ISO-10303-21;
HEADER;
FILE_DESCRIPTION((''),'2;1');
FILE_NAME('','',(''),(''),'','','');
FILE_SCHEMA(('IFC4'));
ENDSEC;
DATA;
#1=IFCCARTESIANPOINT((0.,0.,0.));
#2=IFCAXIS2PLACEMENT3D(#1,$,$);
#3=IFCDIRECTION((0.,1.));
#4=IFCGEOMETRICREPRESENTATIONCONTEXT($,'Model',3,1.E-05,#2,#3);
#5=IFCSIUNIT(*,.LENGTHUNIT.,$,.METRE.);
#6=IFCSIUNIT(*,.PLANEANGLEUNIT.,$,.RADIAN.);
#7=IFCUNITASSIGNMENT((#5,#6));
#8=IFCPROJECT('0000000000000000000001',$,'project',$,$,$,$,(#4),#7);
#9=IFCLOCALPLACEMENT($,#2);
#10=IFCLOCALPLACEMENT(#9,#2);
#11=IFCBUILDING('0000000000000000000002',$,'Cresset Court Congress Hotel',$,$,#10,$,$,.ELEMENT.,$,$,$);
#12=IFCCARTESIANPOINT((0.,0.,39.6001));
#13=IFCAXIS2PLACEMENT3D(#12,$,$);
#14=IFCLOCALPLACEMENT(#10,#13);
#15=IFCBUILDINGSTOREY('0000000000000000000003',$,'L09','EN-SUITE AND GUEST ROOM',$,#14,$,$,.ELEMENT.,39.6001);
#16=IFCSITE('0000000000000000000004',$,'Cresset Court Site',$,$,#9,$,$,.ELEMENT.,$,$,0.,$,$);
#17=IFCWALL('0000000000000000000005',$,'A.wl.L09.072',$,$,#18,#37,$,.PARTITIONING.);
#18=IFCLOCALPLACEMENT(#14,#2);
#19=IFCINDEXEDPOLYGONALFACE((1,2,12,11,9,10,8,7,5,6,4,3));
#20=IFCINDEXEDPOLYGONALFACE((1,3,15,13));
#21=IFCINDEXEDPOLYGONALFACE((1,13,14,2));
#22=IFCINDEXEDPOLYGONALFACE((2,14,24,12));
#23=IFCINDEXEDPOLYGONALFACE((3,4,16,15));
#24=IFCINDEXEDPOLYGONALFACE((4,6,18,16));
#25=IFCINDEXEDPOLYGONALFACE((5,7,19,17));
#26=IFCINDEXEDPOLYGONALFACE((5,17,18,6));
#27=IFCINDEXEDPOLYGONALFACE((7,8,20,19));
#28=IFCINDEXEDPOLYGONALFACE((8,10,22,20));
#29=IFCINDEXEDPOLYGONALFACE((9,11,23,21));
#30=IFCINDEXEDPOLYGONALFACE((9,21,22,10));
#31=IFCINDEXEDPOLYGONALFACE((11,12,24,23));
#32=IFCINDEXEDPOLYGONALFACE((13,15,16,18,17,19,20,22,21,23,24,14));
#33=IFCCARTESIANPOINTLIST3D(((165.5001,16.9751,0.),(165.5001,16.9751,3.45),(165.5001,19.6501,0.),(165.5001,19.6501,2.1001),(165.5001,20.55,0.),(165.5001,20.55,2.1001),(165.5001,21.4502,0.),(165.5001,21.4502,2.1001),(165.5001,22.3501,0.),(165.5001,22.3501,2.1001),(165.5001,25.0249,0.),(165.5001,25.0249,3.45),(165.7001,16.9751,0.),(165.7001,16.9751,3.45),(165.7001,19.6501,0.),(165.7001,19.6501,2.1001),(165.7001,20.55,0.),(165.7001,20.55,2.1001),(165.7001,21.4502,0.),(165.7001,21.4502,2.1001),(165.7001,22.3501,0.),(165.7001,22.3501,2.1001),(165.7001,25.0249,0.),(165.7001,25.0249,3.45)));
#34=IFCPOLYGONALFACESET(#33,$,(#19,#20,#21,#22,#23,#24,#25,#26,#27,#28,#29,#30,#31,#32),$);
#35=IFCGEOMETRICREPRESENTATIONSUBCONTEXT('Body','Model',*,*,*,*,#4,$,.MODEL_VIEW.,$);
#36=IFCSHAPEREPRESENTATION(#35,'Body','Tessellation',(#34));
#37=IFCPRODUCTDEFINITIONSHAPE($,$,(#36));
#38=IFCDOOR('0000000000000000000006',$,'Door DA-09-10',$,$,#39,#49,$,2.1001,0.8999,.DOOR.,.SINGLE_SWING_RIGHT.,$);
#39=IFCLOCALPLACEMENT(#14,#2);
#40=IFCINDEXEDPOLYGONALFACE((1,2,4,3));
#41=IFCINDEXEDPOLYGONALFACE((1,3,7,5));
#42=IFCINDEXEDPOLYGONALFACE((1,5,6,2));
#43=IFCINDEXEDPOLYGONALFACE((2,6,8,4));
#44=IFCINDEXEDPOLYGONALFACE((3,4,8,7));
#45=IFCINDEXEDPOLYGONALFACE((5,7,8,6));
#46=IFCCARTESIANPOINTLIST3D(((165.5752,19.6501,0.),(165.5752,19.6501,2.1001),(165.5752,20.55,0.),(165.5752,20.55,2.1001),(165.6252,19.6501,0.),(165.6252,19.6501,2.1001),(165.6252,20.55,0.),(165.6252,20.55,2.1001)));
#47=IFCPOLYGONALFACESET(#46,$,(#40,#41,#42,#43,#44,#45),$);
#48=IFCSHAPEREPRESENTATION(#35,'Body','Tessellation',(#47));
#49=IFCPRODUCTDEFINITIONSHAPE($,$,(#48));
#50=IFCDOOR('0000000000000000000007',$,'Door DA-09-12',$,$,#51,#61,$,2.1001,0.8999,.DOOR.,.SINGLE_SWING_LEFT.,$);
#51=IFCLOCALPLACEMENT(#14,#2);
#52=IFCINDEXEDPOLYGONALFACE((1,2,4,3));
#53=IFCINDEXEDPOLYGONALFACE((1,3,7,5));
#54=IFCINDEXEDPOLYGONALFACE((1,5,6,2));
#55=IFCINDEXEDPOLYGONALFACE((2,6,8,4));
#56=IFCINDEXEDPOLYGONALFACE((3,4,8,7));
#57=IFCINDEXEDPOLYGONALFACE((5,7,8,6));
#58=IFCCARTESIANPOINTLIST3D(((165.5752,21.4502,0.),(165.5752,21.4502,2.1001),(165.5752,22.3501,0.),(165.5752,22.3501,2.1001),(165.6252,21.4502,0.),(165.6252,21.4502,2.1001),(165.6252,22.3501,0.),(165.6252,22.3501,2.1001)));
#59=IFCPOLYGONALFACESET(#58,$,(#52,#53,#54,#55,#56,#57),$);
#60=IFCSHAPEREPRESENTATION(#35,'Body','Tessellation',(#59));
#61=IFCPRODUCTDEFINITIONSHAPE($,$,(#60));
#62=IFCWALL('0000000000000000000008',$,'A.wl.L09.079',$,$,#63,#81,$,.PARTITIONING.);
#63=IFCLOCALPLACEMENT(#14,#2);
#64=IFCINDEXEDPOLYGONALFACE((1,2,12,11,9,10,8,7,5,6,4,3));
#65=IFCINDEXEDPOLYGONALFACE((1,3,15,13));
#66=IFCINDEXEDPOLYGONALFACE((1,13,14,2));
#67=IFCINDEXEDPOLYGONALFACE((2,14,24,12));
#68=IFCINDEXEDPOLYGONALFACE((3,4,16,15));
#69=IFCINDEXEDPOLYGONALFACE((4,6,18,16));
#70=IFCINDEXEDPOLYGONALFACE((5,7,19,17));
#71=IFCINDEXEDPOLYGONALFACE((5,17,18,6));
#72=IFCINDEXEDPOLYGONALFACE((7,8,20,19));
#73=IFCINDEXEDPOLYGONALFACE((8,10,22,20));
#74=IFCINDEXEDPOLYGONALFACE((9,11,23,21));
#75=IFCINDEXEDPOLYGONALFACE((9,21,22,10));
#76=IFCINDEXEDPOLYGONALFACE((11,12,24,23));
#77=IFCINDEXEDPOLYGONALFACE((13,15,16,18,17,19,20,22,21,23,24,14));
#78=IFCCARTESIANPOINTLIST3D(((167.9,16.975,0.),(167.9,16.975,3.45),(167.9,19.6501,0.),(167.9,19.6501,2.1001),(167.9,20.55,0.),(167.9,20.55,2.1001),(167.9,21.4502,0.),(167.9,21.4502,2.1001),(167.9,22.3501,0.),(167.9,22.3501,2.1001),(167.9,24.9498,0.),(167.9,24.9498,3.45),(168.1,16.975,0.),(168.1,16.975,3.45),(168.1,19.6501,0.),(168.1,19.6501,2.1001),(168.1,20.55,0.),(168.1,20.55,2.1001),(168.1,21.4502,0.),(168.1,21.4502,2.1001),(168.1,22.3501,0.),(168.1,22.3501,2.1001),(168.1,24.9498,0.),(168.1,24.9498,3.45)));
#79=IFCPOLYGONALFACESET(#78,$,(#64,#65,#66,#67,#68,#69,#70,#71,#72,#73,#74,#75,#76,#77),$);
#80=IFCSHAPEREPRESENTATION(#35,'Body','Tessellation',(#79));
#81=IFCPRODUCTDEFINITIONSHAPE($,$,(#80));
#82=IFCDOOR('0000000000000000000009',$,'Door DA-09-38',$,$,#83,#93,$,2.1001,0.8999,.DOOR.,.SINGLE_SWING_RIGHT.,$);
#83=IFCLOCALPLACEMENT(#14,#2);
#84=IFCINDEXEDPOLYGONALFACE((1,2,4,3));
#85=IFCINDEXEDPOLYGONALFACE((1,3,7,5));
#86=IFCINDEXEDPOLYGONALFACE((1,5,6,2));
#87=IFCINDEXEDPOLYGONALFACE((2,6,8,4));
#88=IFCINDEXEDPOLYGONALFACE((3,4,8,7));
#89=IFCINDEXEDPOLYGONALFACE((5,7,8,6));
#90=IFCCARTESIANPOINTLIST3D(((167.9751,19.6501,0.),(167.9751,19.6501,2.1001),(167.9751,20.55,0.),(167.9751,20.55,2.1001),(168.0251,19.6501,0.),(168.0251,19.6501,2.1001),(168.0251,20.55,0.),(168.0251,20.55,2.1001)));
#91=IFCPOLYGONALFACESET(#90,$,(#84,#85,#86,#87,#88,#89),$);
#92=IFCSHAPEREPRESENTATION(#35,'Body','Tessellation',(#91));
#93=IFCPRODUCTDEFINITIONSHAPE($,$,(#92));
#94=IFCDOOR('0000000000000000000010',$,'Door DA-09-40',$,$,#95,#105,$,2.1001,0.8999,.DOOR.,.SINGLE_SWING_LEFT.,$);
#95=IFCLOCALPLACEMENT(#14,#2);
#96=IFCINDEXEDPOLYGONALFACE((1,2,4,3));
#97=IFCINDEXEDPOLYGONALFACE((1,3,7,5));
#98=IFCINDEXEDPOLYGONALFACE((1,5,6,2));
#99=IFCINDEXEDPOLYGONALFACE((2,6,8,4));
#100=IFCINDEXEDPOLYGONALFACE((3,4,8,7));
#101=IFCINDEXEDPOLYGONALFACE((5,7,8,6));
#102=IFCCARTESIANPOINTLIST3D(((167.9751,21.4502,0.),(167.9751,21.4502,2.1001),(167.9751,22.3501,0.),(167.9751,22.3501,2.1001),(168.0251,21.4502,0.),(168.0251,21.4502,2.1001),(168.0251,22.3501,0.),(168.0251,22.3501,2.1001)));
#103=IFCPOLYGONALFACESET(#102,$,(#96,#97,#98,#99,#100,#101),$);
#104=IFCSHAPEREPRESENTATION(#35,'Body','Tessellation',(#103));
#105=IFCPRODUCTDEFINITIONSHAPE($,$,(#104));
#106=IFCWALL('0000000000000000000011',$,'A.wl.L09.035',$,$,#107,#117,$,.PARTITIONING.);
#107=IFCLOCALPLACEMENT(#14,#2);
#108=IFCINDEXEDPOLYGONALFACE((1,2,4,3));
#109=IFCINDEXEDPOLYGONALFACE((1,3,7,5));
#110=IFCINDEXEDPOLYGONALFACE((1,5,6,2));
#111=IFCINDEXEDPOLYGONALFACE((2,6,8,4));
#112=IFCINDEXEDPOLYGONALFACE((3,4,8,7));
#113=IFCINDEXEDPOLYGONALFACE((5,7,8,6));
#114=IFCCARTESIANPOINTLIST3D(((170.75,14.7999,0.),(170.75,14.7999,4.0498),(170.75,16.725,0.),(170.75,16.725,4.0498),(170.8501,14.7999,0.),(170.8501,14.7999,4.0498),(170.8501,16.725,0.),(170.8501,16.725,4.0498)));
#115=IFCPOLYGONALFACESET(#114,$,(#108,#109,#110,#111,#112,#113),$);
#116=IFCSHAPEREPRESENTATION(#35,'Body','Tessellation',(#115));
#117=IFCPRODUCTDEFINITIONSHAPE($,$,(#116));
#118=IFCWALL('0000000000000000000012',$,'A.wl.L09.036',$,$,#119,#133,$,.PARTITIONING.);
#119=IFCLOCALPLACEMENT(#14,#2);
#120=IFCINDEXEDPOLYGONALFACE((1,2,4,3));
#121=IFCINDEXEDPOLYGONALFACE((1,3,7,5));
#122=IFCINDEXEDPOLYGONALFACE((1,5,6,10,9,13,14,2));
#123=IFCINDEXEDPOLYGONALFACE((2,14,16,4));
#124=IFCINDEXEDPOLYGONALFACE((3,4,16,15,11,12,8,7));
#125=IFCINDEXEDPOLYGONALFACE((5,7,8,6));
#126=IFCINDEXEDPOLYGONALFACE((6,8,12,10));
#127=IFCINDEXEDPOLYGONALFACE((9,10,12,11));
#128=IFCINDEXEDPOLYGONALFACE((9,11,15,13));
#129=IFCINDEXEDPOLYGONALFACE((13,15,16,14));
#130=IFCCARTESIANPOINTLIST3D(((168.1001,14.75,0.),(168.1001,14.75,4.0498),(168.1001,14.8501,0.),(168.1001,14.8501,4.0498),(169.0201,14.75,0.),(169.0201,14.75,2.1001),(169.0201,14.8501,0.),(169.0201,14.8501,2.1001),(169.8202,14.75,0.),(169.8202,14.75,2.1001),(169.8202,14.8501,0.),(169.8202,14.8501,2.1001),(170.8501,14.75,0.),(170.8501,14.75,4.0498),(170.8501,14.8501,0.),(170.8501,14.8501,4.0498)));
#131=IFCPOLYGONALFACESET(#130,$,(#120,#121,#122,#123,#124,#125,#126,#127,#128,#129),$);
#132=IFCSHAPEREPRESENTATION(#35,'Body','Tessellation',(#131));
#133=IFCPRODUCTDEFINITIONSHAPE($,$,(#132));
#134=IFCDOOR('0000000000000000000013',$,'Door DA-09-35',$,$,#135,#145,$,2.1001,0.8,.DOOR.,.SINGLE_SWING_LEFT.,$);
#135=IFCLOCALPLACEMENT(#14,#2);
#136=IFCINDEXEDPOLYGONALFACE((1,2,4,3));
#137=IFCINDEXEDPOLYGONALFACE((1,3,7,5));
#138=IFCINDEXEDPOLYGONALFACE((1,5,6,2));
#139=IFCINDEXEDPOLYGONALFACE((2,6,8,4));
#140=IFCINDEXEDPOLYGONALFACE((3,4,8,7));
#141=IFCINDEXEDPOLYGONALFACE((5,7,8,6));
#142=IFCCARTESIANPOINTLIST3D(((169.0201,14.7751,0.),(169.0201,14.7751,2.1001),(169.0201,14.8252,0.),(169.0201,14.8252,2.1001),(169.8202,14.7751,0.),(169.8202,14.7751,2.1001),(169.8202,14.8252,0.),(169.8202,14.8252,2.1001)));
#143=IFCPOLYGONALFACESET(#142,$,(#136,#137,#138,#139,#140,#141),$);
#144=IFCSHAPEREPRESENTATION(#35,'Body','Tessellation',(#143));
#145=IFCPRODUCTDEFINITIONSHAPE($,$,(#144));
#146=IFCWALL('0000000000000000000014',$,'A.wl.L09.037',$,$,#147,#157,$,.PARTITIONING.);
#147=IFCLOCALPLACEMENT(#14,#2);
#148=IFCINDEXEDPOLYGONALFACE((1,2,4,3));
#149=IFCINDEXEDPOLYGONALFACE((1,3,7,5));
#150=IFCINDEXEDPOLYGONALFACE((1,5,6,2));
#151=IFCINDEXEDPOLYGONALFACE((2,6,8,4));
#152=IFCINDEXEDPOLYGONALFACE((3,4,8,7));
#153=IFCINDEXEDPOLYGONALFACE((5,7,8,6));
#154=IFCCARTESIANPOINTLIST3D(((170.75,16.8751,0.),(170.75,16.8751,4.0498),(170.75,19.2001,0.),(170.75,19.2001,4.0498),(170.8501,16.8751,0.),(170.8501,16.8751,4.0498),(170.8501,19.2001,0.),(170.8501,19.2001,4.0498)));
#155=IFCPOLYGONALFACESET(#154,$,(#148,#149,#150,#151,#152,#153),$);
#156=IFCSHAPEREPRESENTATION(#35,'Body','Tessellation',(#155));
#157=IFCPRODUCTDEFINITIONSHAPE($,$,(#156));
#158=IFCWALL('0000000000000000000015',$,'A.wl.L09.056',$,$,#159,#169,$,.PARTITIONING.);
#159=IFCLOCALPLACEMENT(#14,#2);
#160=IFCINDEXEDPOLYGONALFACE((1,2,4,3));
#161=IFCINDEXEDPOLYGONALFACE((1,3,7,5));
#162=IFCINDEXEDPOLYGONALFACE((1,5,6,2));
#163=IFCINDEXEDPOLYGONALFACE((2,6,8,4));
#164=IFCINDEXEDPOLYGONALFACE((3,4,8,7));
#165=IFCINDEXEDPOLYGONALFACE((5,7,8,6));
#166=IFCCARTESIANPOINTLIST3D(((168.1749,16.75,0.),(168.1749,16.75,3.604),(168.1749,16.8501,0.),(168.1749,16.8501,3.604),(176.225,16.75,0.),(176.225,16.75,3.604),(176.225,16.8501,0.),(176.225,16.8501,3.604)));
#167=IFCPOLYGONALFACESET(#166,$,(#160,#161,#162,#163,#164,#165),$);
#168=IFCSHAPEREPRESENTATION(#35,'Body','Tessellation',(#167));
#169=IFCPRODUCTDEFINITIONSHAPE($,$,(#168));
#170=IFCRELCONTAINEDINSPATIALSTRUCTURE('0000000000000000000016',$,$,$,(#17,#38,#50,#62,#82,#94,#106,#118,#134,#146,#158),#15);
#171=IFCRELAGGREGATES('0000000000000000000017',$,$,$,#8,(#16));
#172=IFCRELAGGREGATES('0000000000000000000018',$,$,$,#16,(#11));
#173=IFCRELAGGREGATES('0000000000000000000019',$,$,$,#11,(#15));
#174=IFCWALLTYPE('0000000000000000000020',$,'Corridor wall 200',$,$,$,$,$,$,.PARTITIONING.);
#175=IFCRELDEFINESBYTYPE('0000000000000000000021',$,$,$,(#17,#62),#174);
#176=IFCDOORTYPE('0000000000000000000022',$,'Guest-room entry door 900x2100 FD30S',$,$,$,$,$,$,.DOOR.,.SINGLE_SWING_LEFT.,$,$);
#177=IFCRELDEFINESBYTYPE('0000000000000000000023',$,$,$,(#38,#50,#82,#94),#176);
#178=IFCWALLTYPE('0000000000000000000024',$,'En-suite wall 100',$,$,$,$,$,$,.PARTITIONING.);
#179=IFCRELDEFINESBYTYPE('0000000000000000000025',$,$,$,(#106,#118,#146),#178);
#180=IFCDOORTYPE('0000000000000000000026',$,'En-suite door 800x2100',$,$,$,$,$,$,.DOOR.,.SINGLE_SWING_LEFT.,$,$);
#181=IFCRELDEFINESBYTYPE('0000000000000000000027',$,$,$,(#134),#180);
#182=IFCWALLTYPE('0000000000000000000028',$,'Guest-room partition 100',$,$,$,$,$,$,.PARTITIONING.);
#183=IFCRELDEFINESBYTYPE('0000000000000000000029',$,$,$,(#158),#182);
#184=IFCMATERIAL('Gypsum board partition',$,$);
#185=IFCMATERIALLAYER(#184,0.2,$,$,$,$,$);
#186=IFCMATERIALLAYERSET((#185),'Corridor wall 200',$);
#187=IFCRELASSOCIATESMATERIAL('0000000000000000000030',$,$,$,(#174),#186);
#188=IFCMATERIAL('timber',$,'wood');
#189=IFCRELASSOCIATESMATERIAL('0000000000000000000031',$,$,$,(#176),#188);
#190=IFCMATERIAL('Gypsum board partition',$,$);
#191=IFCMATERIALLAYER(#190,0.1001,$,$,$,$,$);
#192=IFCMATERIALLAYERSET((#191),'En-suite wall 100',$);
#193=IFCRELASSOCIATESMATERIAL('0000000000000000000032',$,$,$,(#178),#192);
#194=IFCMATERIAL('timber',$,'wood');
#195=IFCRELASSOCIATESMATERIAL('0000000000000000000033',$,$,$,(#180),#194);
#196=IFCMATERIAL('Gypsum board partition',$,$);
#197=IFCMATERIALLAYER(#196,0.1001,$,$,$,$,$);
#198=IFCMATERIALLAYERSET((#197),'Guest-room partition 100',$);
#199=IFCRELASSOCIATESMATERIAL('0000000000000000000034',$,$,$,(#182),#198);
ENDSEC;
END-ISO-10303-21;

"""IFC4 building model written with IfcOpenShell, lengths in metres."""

from ifc_helpers import new_model, si_unit, direction, frame, frame_2d, origin, place, context, subcontext, project, spatial, rectangle, extrude, material, layer, layer_set, type_object, element, fill, save


model = new_model("IFC4")

# Units and contexts
model_context = context("Model", 3, precision=1e-05, world=origin(), true_north=direction((0.0, 1.0)))
body_context = subcontext(model_context, "Body", "Model", "MODEL_VIEW")
ifc_project = project(units=[si_unit("LENGTHUNIT", "METRE"), si_unit("PLANEANGLEUNIT", "RADIAN")], contexts=[model_context])

# Site, building, storey
site_placement = place(None, origin())
site = spatial("IfcSite", under=ifc_project, at=site_placement, Name="Cresset Court Site", CompositionType="ELEMENT", RefElevation=0.0)
building_placement = place(site_placement, origin())
building = spatial("IfcBuilding", under=site, at=building_placement, Name="Cresset Court Congress Hotel", CompositionType="ELEMENT")
storey_placement = place(building_placement, frame((0.0, 0.0, 39.6001)))
storey = spatial("IfcBuildingStorey", under=building, at=storey_placement, Name="L09", Description="EN-SUITE AND GUEST ROOM", CompositionType="ELEMENT", Elevation=39.6001)

# Walls, openings, doors
ifc_material_1 = material(Name="Gypsum board partition")
ifc_layer_1 = layer(ifc_material_1, 0.2)
ifc_layer_set_1 = layer_set([ifc_layer_1], Name="Corridor wall 200")
wall_type_1 = type_object("IfcWallType", Name="Corridor wall 200", PredefinedType="PARTITIONING", material=ifc_layer_set_1)
wall_1_placement = place(storey_placement, frame((165.6001, 16.9751, 0.0), z_axis=(0.0, 0.0, 1.0), x_axis=(0.0, 1.0, 0.0)))
wall_1 = element("IfcWall", 1, at=wall_1_placement, inside=storey, type_object=wall_type_1, Name="A.wl.L09.072", PredefinedType="PARTITIONING", context=body_context, shape_type="SweptSolid", body=[
    extrude(rectangle(XDim=8.0498, YDim=0.2, at=frame_2d((4.0249, 0.0))), origin(), (0.0, 0.0, 1.0), 3.45),
])
opening_1_placement = place(wall_1_placement, frame((2.675, 0.0, 0.0)))
opening_1 = element("IfcOpeningElement", 2, at=opening_1_placement, cuts=wall_1, PredefinedType="OPENING", context=body_context, shape_type="SweptSolid", body=[
    extrude(rectangle(XDim=0.8999, YDim=2.1001, at=frame_2d((0.45, 1.05))), frame((0.0, 0.1099, 0.0), z_axis=(0.0, -1.0, 0.0), x_axis=(1.0, 0.0, 0.0)), (0.0, 0.0, 1.0), 0.22),
])
opening_2_placement = place(wall_1_placement, frame((4.4751, 0.0, 0.0)))
opening_2 = element("IfcOpeningElement", 3, at=opening_2_placement, cuts=wall_1, PredefinedType="OPENING", context=body_context, shape_type="SweptSolid", body=[
    extrude(rectangle(XDim=0.8999, YDim=2.1001, at=frame_2d((0.45, 1.05))), frame((0.0, 0.1099, 0.0), z_axis=(0.0, -1.0, 0.0), x_axis=(1.0, 0.0, 0.0)), (0.0, 0.0, 1.0), 0.22),
])
ifc_material_2 = material(Name="timber", Category="wood")
door_type_1 = type_object("IfcDoorType", Name="Guest-room entry door 900x2100 FD30S", OperationType="SINGLE_SWING_LEFT", PredefinedType="DOOR", material=ifc_material_2)
door_1_placement = place(opening_1_placement, origin())
door_1 = element("IfcDoor", 4, at=door_1_placement, inside=storey, type_object=door_type_1, Name="Door DA-09-10", OperationType="SINGLE_SWING_RIGHT", OverallHeight=2.1001, OverallWidth=0.8999, PredefinedType="DOOR", context=body_context, shape_type="SweptSolid", body=[
    extrude(rectangle(XDim=0.8999, YDim=2.1001, at=frame_2d((0.45, 1.05))), frame((0.0, 0.0249, 0.0), z_axis=(0.0, -1.0, 0.0), x_axis=(1.0, 0.0, 0.0)), (0.0, 0.0, 1.0), 0.05),
])
fill(opening_1, door_1)
door_2_placement = place(opening_2_placement, origin())
door_2 = element("IfcDoor", 5, at=door_2_placement, inside=storey, type_object=door_type_1, Name="Door DA-09-12", OperationType="SINGLE_SWING_LEFT", OverallHeight=2.1001, OverallWidth=0.8999, PredefinedType="DOOR", context=body_context, shape_type="SweptSolid", body=[
    extrude(rectangle(XDim=0.8999, YDim=2.1001, at=frame_2d((0.45, 1.05))), frame((0.0, 0.0249, 0.0), z_axis=(0.0, -1.0, 0.0), x_axis=(1.0, 0.0, 0.0)), (0.0, 0.0, 1.0), 0.05),
])
fill(opening_2, door_2)
wall_2_placement = place(storey_placement, frame((168.0, 16.9751, 0.0), z_axis=(0.0, 0.0, 1.0), x_axis=(0.0, 1.0, 0.0)))
wall_2 = element("IfcWall", 6, at=wall_2_placement, inside=storey, type_object=wall_type_1, Name="A.wl.L09.079", PredefinedType="PARTITIONING", context=body_context, shape_type="SweptSolid", body=[
    extrude(rectangle(XDim=7.9749, YDim=0.2, at=frame_2d((3.9873, 0.0))), origin(), (0.0, 0.0, 1.0), 3.45),
])
opening_3_placement = place(wall_2_placement, frame((2.675, 0.0, 0.0)))
opening_3 = element("IfcOpeningElement", 7, at=opening_3_placement, cuts=wall_2, PredefinedType="OPENING", context=body_context, shape_type="SweptSolid", body=[
    extrude(rectangle(XDim=0.8999, YDim=2.1001, at=frame_2d((0.45, 1.05))), frame((0.0, 0.1099, 0.0), z_axis=(0.0, -1.0, 0.0), x_axis=(1.0, 0.0, 0.0)), (0.0, 0.0, 1.0), 0.22),
])
opening_4_placement = place(wall_2_placement, frame((4.4751, 0.0, 0.0)))
opening_4 = element("IfcOpeningElement", 8, at=opening_4_placement, cuts=wall_2, PredefinedType="OPENING", context=body_context, shape_type="SweptSolid", body=[
    extrude(rectangle(XDim=0.8999, YDim=2.1001, at=frame_2d((0.45, 1.05))), frame((0.0, 0.1099, 0.0), z_axis=(0.0, -1.0, 0.0), x_axis=(1.0, 0.0, 0.0)), (0.0, 0.0, 1.0), 0.22),
])
door_3_placement = place(opening_3_placement, origin())
door_3 = element("IfcDoor", 9, at=door_3_placement, inside=storey, type_object=door_type_1, Name="Door DA-09-38", OperationType="SINGLE_SWING_RIGHT", OverallHeight=2.1001, OverallWidth=0.8999, PredefinedType="DOOR", context=body_context, shape_type="SweptSolid", body=[
    extrude(rectangle(XDim=0.8999, YDim=2.1001, at=frame_2d((0.45, 1.05))), frame((0.0, 0.0249, 0.0), z_axis=(0.0, -1.0, 0.0), x_axis=(1.0, 0.0, 0.0)), (0.0, 0.0, 1.0), 0.05),
])
fill(opening_3, door_3)
door_4_placement = place(opening_4_placement, origin())
door_4 = element("IfcDoor", 10, at=door_4_placement, inside=storey, type_object=door_type_1, Name="Door DA-09-40", OperationType="SINGLE_SWING_LEFT", OverallHeight=2.1001, OverallWidth=0.8999, PredefinedType="DOOR", context=body_context, shape_type="SweptSolid", body=[
    extrude(rectangle(XDim=0.8999, YDim=2.1001, at=frame_2d((0.45, 1.05))), frame((0.0, 0.0249, 0.0), z_axis=(0.0, -1.0, 0.0), x_axis=(1.0, 0.0, 0.0)), (0.0, 0.0, 1.0), 0.05),
])
fill(opening_4, door_4)

# Wall
ifc_material_3 = material(Name="Gypsum board partition")
ifc_layer_2 = layer(ifc_material_3, 0.1001)
ifc_layer_set_2 = layer_set([ifc_layer_2], Name="En-suite wall 100")
wall_type_2 = type_object("IfcWallType", Name="En-suite wall 100", PredefinedType="PARTITIONING", material=ifc_layer_set_2)
wall_3_placement = place(storey_placement, frame((170.8, 14.8, 0.0), z_axis=(0.0, 0.0, 1.0), x_axis=(0.0, 1.0, 0.0)))
element("IfcWall", 11, at=wall_3_placement, inside=storey, type_object=wall_type_2, Name="A.wl.L09.035", PredefinedType="PARTITIONING", context=body_context, shape_type="SweptSolid", body=[
    extrude(rectangle(XDim=1.925, YDim=0.1001, at=frame_2d((0.9624, 0.0))), origin(), (0.0, 0.0, 1.0), 4.0498),
])

# Wall, opening, door
wall_4_placement = place(storey_placement, frame((170.8501, 14.8, 0.0), z_axis=(0.0, 0.0, 1.0), x_axis=(-1.0, 0.0, 0.0)))
wall_4 = element("IfcWall", 12, at=wall_4_placement, inside=storey, type_object=wall_type_2, Name="A.wl.L09.036", PredefinedType="PARTITIONING", context=body_context, shape_type="SweptSolid", body=[
    extrude(rectangle(XDim=2.75, YDim=0.1001, at=frame_2d((1.375, 0.0))), origin(), (0.0, 0.0, 1.0), 4.0498),
])
opening_5_placement = place(wall_4_placement, frame((1.03, 0.0, 0.0)))
opening_5 = element("IfcOpeningElement", 13, at=opening_5_placement, cuts=wall_4, PredefinedType="OPENING", context=body_context, shape_type="SweptSolid", body=[
    extrude(rectangle(XDim=0.8, YDim=2.1001, at=frame_2d((0.3999, 1.05))), frame((0.0, 0.0601, 0.0), z_axis=(0.0, -1.0, 0.0), x_axis=(1.0, 0.0, 0.0)), (0.0, 0.0, 1.0), 0.1201),
])
ifc_material_4 = material(Name="timber", Category="wood")
door_type_2 = type_object("IfcDoorType", Name="En-suite door 800x2100", OperationType="SINGLE_SWING_LEFT", PredefinedType="DOOR", material=ifc_material_4)
door_5_placement = place(opening_5_placement, origin())
door_5 = element("IfcDoor", 14, at=door_5_placement, inside=storey, type_object=door_type_2, Name="Door DA-09-35", OperationType="SINGLE_SWING_LEFT", OverallHeight=2.1001, OverallWidth=0.8, PredefinedType="DOOR", context=body_context, shape_type="SweptSolid", body=[
    extrude(rectangle(XDim=0.8, YDim=2.1001, at=frame_2d((0.3999, 1.05))), frame((0.0, 0.0249, 0.0), z_axis=(0.0, -1.0, 0.0), x_axis=(1.0, 0.0, 0.0)), (0.0, 0.0, 1.0), 0.05),
])
fill(opening_5, door_5)

# Walls
wall_5_placement = place(storey_placement, frame((170.8, 16.875, 0.0), z_axis=(0.0, 0.0, 1.0), x_axis=(0.0, 1.0, 0.0)))
element("IfcWall", 15, at=wall_5_placement, inside=storey, type_object=wall_type_2, Name="A.wl.L09.037", PredefinedType="PARTITIONING", context=body_context, shape_type="SweptSolid", body=[
    extrude(rectangle(XDim=2.325, YDim=0.1001, at=frame_2d((1.1626, 0.0))), origin(), (0.0, 0.0, 1.0), 4.0498),
])
ifc_material_5 = material(Name="Gypsum board partition")
ifc_layer_3 = layer(ifc_material_5, 0.1001)
ifc_layer_set_3 = layer_set([ifc_layer_3], Name="Guest-room partition 100")
wall_type_3 = type_object("IfcWallType", Name="Guest-room partition 100", PredefinedType="PARTITIONING", material=ifc_layer_set_3)
wall_6_placement = place(storey_placement, frame((168.175, 16.8, 0.0), z_axis=(0.0, 0.0, 1.0), x_axis=(1.0, 0.0, 0.0)))
element("IfcWall", 16, at=wall_6_placement, inside=storey, type_object=wall_type_3, Name="A.wl.L09.056", PredefinedType="PARTITIONING", context=body_context, shape_type="SweptSolid", body=[
    extrude(rectangle(XDim=8.05, YDim=0.1001, at=frame_2d((4.0249, 0.0))), origin(), (0.0, 0.0, 1.0), 3.604),
])

save(model, "model.ifc")
